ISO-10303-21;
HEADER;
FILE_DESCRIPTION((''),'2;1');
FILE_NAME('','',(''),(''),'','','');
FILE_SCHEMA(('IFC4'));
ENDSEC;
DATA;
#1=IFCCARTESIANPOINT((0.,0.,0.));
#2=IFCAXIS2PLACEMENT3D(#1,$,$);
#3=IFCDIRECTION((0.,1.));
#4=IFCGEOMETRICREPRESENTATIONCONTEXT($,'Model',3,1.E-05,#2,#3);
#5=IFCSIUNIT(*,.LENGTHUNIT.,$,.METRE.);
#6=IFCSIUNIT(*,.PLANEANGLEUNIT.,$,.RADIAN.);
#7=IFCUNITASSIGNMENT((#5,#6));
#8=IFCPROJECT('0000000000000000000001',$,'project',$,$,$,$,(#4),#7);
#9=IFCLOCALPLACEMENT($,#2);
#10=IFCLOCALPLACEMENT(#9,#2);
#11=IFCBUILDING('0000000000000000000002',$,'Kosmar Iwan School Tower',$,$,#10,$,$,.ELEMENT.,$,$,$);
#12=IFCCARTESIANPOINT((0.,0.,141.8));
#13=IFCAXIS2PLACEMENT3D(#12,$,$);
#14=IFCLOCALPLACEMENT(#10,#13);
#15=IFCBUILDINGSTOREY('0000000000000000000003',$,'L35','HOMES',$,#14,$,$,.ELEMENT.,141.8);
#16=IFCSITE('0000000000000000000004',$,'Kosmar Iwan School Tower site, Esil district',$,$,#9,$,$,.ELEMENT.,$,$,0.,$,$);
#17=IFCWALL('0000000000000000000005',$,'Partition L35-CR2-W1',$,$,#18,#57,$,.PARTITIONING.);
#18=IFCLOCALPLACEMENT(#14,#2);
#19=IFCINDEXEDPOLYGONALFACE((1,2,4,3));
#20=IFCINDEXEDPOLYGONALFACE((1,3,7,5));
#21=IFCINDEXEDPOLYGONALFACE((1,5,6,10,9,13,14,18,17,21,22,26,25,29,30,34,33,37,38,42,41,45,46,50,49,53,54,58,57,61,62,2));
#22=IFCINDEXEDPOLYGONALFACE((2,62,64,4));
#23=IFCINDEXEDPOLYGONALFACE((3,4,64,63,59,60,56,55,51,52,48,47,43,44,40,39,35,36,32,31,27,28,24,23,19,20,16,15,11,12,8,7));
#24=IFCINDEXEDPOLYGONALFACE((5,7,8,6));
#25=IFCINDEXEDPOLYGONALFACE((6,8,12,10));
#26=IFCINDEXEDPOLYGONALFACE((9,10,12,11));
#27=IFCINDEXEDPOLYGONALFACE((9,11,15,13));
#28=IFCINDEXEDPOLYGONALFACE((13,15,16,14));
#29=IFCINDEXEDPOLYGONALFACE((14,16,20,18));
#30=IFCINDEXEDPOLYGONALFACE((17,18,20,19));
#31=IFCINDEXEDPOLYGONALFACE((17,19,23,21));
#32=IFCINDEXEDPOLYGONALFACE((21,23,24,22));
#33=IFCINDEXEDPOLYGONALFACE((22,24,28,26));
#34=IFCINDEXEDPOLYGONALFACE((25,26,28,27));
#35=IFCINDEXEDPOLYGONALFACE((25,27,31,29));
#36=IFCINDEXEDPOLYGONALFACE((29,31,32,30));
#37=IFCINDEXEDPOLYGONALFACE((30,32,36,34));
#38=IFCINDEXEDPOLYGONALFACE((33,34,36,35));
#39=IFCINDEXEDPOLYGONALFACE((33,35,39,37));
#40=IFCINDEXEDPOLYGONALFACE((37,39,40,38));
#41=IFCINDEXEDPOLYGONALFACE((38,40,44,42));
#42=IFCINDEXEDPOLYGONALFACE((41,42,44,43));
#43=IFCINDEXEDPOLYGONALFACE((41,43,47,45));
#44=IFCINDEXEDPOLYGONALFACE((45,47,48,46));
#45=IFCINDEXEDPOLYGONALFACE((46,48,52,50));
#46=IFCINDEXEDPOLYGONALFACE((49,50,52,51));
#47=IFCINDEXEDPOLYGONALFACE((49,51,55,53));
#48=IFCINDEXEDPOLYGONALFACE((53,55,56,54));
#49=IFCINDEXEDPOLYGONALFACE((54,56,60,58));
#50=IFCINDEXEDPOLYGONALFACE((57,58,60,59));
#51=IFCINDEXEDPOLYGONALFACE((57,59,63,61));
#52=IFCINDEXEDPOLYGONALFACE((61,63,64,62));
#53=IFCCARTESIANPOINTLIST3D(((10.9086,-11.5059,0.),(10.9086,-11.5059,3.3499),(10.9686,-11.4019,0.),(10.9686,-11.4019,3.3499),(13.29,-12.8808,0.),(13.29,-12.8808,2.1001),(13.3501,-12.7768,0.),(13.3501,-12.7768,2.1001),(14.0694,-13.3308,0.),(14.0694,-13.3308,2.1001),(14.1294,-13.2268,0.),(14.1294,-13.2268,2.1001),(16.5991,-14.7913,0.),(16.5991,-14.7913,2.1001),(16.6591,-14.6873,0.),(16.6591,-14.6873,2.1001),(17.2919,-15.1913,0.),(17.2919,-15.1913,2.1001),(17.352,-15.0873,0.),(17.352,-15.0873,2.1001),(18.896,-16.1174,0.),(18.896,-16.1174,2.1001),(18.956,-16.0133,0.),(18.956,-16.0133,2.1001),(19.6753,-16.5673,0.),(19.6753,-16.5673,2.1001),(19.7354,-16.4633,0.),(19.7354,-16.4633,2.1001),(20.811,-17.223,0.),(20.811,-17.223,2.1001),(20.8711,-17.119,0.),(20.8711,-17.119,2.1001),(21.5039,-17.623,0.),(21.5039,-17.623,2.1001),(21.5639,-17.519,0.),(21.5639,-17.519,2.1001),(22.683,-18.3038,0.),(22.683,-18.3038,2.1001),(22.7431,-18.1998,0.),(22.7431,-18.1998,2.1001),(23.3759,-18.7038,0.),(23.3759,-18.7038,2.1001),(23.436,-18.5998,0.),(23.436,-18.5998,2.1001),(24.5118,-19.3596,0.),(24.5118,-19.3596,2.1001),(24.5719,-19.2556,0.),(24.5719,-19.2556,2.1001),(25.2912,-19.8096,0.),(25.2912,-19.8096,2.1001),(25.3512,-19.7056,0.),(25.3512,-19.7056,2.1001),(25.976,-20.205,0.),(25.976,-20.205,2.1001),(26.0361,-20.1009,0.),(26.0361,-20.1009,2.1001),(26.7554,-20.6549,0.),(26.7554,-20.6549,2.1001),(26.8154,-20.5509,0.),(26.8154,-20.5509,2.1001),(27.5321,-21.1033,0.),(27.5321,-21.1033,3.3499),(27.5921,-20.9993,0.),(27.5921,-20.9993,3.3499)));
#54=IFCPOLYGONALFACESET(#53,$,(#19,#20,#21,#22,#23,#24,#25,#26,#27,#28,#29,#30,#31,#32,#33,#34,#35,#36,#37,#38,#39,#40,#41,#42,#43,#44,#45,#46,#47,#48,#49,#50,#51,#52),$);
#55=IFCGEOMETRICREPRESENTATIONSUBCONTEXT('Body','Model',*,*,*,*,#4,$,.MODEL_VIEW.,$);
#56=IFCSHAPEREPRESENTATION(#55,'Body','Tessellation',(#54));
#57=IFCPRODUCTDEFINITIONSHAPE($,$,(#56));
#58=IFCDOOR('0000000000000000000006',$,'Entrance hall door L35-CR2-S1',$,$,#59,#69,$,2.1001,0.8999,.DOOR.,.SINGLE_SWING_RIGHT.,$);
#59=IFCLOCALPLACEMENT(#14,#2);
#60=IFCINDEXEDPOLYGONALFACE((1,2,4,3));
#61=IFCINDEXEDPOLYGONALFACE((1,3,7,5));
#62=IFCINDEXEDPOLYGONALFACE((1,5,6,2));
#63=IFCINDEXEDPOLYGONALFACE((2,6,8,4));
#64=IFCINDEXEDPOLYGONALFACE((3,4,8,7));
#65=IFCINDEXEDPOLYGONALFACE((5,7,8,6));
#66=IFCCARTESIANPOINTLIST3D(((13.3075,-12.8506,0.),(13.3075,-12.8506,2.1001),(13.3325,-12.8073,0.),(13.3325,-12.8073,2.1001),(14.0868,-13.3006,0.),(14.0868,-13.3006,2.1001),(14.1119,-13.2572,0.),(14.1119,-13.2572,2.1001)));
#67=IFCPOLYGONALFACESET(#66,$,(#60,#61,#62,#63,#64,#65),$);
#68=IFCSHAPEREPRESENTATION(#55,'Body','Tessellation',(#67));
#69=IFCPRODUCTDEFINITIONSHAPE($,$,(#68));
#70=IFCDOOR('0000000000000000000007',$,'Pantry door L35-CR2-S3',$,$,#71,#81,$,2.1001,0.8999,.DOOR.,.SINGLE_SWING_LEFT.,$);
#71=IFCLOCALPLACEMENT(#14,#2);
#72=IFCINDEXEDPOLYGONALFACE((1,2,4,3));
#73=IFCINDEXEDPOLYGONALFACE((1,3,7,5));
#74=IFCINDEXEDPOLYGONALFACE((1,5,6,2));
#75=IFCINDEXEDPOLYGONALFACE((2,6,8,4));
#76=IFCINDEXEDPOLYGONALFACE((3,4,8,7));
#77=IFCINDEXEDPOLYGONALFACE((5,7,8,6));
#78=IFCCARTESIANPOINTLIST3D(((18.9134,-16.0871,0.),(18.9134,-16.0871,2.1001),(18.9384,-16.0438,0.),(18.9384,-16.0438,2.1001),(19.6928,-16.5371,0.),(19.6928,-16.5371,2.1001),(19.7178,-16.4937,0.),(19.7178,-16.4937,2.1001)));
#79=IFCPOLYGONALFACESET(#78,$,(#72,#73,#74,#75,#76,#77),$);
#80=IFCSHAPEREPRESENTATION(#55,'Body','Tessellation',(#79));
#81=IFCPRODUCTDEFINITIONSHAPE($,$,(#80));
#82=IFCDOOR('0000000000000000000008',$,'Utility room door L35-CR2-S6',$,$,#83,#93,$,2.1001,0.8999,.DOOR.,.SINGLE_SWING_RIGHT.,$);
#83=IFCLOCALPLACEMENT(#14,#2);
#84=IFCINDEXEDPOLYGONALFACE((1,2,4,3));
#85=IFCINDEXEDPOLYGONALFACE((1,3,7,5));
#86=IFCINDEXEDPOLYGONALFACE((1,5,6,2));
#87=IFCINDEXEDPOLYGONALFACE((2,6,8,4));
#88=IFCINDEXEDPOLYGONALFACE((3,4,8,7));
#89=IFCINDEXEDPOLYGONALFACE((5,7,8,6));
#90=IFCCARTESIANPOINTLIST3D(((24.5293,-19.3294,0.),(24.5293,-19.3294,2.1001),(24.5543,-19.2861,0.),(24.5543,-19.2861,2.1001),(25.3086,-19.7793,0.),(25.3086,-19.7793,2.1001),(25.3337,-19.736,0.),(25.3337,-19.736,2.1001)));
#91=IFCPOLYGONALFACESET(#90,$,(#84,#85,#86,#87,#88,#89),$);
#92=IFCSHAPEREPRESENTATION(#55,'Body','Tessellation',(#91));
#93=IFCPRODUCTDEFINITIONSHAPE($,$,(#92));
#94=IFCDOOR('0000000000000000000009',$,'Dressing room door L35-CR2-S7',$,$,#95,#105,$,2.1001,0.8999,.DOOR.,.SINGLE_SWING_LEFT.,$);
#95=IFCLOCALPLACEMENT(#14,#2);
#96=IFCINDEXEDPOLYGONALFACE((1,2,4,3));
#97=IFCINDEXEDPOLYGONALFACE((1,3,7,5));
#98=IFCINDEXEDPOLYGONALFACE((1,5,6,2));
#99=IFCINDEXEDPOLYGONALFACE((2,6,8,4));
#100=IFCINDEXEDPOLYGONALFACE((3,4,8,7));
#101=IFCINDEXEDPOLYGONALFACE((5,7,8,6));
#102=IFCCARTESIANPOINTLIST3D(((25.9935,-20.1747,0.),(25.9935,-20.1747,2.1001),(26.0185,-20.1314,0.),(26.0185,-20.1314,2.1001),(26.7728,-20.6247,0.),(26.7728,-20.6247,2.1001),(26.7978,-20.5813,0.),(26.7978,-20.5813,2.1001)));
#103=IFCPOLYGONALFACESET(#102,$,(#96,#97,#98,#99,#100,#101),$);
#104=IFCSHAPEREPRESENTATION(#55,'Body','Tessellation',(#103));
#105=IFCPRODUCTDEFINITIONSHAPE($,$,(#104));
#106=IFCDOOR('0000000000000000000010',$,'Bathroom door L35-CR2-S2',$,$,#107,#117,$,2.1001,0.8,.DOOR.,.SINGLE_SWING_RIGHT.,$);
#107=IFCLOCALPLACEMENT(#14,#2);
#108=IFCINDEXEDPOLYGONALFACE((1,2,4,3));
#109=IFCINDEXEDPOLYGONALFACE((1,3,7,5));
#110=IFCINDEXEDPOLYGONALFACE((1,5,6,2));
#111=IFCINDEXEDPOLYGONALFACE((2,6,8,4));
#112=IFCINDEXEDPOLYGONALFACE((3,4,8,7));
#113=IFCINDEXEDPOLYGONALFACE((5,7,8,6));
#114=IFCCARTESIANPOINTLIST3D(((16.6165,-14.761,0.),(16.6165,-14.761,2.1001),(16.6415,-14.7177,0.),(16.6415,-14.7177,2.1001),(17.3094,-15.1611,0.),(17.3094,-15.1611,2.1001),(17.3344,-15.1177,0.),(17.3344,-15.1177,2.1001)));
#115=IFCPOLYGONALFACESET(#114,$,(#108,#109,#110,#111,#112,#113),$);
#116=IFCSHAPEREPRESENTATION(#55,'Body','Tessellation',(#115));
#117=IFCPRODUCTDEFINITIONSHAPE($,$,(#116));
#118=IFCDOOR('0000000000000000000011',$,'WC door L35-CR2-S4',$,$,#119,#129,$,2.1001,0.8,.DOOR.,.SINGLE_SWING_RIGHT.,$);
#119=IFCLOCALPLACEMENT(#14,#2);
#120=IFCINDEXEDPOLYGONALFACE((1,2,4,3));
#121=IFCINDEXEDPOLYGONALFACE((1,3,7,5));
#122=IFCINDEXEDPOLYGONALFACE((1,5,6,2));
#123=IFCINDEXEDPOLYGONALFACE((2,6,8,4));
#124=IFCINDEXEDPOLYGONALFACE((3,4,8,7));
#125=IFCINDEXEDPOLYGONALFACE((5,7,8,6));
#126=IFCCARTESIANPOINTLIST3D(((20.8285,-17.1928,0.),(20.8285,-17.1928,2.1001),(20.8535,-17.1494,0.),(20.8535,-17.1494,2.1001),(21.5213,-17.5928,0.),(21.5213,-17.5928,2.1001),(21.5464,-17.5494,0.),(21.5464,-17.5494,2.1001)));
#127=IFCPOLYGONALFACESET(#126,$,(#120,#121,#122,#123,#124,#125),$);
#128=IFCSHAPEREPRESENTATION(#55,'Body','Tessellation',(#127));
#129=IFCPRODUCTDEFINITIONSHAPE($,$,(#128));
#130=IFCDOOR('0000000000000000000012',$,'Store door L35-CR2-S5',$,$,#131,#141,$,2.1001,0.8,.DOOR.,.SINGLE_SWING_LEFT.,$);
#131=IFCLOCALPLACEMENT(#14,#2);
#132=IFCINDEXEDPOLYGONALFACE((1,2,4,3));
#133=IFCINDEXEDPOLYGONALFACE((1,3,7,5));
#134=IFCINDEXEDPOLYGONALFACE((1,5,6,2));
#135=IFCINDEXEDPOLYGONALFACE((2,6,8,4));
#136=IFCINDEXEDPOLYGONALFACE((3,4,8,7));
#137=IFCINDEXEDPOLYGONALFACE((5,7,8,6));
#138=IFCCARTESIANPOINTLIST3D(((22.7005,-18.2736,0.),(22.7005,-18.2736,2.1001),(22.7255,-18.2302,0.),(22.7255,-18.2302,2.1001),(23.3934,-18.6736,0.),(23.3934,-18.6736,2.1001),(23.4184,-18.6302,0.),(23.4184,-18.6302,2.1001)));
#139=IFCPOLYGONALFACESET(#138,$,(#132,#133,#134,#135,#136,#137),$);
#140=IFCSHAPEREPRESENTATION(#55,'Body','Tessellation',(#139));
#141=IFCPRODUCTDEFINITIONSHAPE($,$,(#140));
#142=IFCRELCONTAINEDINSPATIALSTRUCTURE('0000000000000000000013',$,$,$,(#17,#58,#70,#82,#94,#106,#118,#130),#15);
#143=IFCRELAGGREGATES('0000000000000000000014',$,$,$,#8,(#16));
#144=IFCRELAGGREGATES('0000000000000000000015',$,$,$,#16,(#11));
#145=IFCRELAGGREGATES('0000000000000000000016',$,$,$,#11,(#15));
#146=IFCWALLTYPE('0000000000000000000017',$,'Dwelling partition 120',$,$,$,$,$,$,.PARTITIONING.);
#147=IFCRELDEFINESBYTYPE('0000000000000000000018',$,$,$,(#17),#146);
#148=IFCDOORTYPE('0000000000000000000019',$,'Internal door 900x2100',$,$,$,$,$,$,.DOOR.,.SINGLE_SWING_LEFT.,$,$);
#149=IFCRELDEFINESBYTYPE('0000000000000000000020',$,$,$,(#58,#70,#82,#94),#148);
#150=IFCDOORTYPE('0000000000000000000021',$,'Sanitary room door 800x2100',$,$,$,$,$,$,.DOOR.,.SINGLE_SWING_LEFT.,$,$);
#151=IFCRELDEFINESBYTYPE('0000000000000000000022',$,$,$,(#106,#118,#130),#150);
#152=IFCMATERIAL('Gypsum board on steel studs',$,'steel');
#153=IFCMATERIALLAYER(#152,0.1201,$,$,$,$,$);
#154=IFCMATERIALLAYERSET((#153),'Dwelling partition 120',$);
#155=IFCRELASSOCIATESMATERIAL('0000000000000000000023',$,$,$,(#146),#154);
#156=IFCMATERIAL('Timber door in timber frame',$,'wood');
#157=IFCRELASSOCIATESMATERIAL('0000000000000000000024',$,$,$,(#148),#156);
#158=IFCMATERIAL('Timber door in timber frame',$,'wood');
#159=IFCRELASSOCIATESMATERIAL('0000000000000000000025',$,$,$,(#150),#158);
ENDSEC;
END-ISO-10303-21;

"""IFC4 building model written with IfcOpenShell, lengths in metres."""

from ifc_helpers import new_model, si_unit, direction, frame, frame_2d, origin, place, context, subcontext, project, spatial, rectangle, extrude, material, layer, layer_set, type_object, element, fill, save


model = new_model("IFC4")

# Units and contexts
model_context = context("Model", 3, precision=1e-05, world=origin(), true_north=direction((0.0, 1.0)))
body_context = subcontext(model_context, "Body", "Model", "MODEL_VIEW")
ifc_project = project(units=[si_unit("LENGTHUNIT", "METRE"), si_unit("PLANEANGLEUNIT", "RADIAN")], contexts=[model_context])

# Site, building, storey
site_placement = place(None, origin())
site = spatial("IfcSite", under=ifc_project, at=site_placement, Name="Kosmar Iwan School Tower site, Esil district", CompositionType="ELEMENT", RefElevation=0.0)
building_placement = place(site_placement, origin())
building = spatial("IfcBuilding", under=site, at=building_placement, Name="Kosmar Iwan School Tower", CompositionType="ELEMENT")
storey_placement = place(building_placement, frame((0.0, 0.0, 141.8)))
storey = spatial("IfcBuildingStorey", under=building, at=storey_placement, Name="L35", Description="HOMES", CompositionType="ELEMENT", Elevation=141.8)

# Shared definitions
ifc_material_1 = material(Name="Gypsum board on steel studs", Category="steel")
ifc_layer_1 = layer(ifc_material_1, 0.1201)
ifc_layer_set_1 = layer_set([ifc_layer_1], Name="Dwelling partition 120")
wall_type_1 = type_object("IfcWallType", Name="Dwelling partition 120", PredefinedType="PARTITIONING", material=ifc_layer_set_1)

# Wall, openings, doors
wall_1_placement = place(storey_placement, frame((10.9385, -11.4539, 0.0), z_axis=(0.0, 0.0, 1.0), x_axis=(0.86603, -0.499993, 0.0)))
wall_1 = element("IfcWall", 1, at=wall_1_placement, inside=storey, type_object=wall_type_1, Name="Partition L35-CR2-W1", PredefinedType="PARTITIONING", context=body_context, shape_type="SweptSolid", body=[
    extrude(rectangle(XDim=19.1951, YDim=0.1201, at=frame_2d((9.5977, 0.0))), origin(), (0.0, 0.0, 1.0), 3.3499),
])
opening_1_placement = place(wall_1_placement, frame((2.75, 0.0, 0.0)))
opening_1 = element("IfcOpeningElement", 2, at=opening_1_placement, cuts=wall_1, PredefinedType="OPENING", context=body_context, shape_type="SweptSolid", body=[
    extrude(rectangle(XDim=0.8999, YDim=2.1001, at=frame_2d((0.45, 1.05))), frame((0.0, 0.072, 0.0), z_axis=(0.0, -1.0, 0.0), x_axis=(1.0, 0.0, 0.0)), (0.0, 0.0, 1.0), 0.144),
])
opening_2_placement = place(wall_1_placement, frame((6.571, 0.0, 0.0)))
opening_2 = element("IfcOpeningElement", 3, at=opening_2_placement, cuts=wall_1, PredefinedType="OPENING", context=body_context, shape_type="SweptSolid", body=[
    extrude(rectangle(XDim=0.8, YDim=2.1001, at=frame_2d((0.3999, 1.05))), frame((0.0, 0.072, 0.0), z_axis=(0.0, -1.0, 0.0), x_axis=(1.0, 0.0, 0.0)), (0.0, 0.0, 1.0), 0.144),
])
opening_3_placement = place(wall_1_placement, frame((9.2231, 0.0, 0.0)))
opening_3 = element("IfcOpeningElement", 4, at=opening_3_placement, cuts=wall_1, PredefinedType="OPENING", context=body_context, shape_type="SweptSolid", body=[
    extrude(rectangle(XDim=0.8999, YDim=2.1001, at=frame_2d((0.45, 1.05))), frame((0.0, 0.072, 0.0), z_axis=(0.0, -1.0, 0.0), x_axis=(1.0, 0.0, 0.0)), (0.0, 0.0, 1.0), 0.144),
])
opening_4_placement = place(wall_1_placement, frame((11.4346, 0.0, 0.0)))
opening_4 = element("IfcOpeningElement", 5, at=opening_4_placement, cuts=wall_1, PredefinedType="OPENING", context=body_context, shape_type="SweptSolid", body=[
    extrude(rectangle(XDim=0.8, YDim=2.1001, at=frame_2d((0.3999, 1.05))), frame((0.0, 0.072, 0.0), z_axis=(0.0, -1.0, 0.0), x_axis=(1.0, 0.0, 0.0)), (0.0, 0.0, 1.0), 0.144),
])
opening_5_placement = place(wall_1_placement, frame((13.5962, 0.0, 0.0)))
opening_5 = element("IfcOpeningElement", 6, at=opening_5_placement, cuts=wall_1, PredefinedType="OPENING", context=body_context, shape_type="SweptSolid", body=[
    extrude(rectangle(XDim=0.8, YDim=2.1001, at=frame_2d((0.3999, 1.05))), frame((0.0, 0.072, 0.0), z_axis=(0.0, -1.0, 0.0), x_axis=(1.0, 0.0, 0.0)), (0.0, 0.0, 1.0), 0.144),
])
opening_6_placement = place(wall_1_placement, frame((15.7078, 0.0, 0.0)))
opening_6 = element("IfcOpeningElement", 7, at=opening_6_placement, cuts=wall_1, PredefinedType="OPENING", context=body_context, shape_type="SweptSolid", body=[
    extrude(rectangle(XDim=0.8999, YDim=2.1001, at=frame_2d((0.45, 1.05))), frame((0.0, 0.072, 0.0), z_axis=(0.0, -1.0, 0.0), x_axis=(1.0, 0.0, 0.0)), (0.0, 0.0, 1.0), 0.144),
])
opening_7_placement = place(wall_1_placement, frame((17.3984, 0.0, 0.0)))
opening_7 = element("IfcOpeningElement", 8, at=opening_7_placement, cuts=wall_1, PredefinedType="OPENING", context=body_context, shape_type="SweptSolid", body=[
    extrude(rectangle(XDim=0.8999, YDim=2.1001, at=frame_2d((0.45, 1.05))), frame((0.0, 0.072, 0.0), z_axis=(0.0, -1.0, 0.0), x_axis=(1.0, 0.0, 0.0)), (0.0, 0.0, 1.0), 0.144),
])
ifc_material_2 = material(Name="Timber door in timber frame", Category="wood")
door_type_1 = type_object("IfcDoorType", Name="Internal door 900x2100", OperationType="SINGLE_SWING_LEFT", PredefinedType="DOOR", material=ifc_material_2)
door_1_placement = place(opening_1_placement, origin())
door_1 = element("IfcDoor", 9, at=door_1_placement, inside=storey, type_object=door_type_1, Name="Entrance hall door L35-CR2-S1", OperationType="SINGLE_SWING_RIGHT", OverallHeight=2.1001, OverallWidth=0.8999, PredefinedType="DOOR", context=body_context, shape_type="SweptSolid", body=[
    extrude(rectangle(XDim=0.8999, YDim=2.1001, at=frame_2d((0.45, 1.05))), frame((0.0, 0.0249, 0.0), z_axis=(0.0, -1.0, 0.0), x_axis=(1.0, 0.0, 0.0)), (0.0, 0.0, 1.0), 0.05),
])
fill(opening_1, door_1)
door_2_placement = place(opening_3_placement, origin())
door_2 = element("IfcDoor", 10, at=door_2_placement, inside=storey, type_object=door_type_1, Name="Pantry door L35-CR2-S3", OperationType="SINGLE_SWING_LEFT", OverallHeight=2.1001, OverallWidth=0.8999, PredefinedType="DOOR", context=body_context, shape_type="SweptSolid", body=[
    extrude(rectangle(XDim=0.8999, YDim=2.1001, at=frame_2d((0.45, 1.05))), frame((0.0, 0.0249, 0.0), z_axis=(0.0, -1.0, 0.0), x_axis=(1.0, 0.0, 0.0)), (0.0, 0.0, 1.0), 0.05),
])
fill(opening_3, door_2)
door_3_placement = place(opening_6_placement, origin())
door_3 = element("IfcDoor", 11, at=door_3_placement, inside=storey, type_object=door_type_1, Name="Utility room door L35-CR2-S6", OperationType="SINGLE_SWING_RIGHT", OverallHeight=2.1001, OverallWidth=0.8999, PredefinedType="DOOR", context=body_context, shape_type="SweptSolid", body=[
    extrude(rectangle(XDim=0.8999, YDim=2.1001, at=frame_2d((0.45, 1.05))), frame((0.0, 0.0249, 0.0), z_axis=(0.0, -1.0, 0.0), x_axis=(1.0, 0.0, 0.0)), (0.0, 0.0, 1.0), 0.05),
])
fill(opening_6, door_3)
door_4_placement = place(opening_7_placement, origin())
door_4 = element("IfcDoor", 12, at=door_4_placement, inside=storey, type_object=door_type_1, Name="Dressing room door L35-CR2-S7", OperationType="SINGLE_SWING_LEFT", OverallHeight=2.1001, OverallWidth=0.8999, PredefinedType="DOOR", context=body_context, shape_type="SweptSolid", body=[
    extrude(rectangle(XDim=0.8999, YDim=2.1001, at=frame_2d((0.45, 1.05))), frame((0.0, 0.0249, 0.0), z_axis=(0.0, -1.0, 0.0), x_axis=(1.0, 0.0, 0.0)), (0.0, 0.0, 1.0), 0.05),
])
fill(opening_7, door_4)
ifc_material_3 = material(Name="Timber door in timber frame", Category="wood")
door_type_2 = type_object("IfcDoorType", Name="Sanitary room door 800x2100", OperationType="SINGLE_SWING_LEFT", PredefinedType="DOOR", material=ifc_material_3)
door_5_placement = place(opening_2_placement, origin())
door_5 = element("IfcDoor", 13, at=door_5_placement, inside=storey, type_object=door_type_2, Name="Bathroom door L35-CR2-S2", OperationType="SINGLE_SWING_RIGHT", OverallHeight=2.1001, OverallWidth=0.8, PredefinedType="DOOR", context=body_context, shape_type="SweptSolid", body=[
    extrude(rectangle(XDim=0.8, YDim=2.1001, at=frame_2d((0.3999, 1.05))), frame((0.0, 0.0249, 0.0), z_axis=(0.0, -1.0, 0.0), x_axis=(1.0, 0.0, 0.0)), (0.0, 0.0, 1.0), 0.05),
])
fill(opening_2, door_5)
door_6_placement = place(opening_4_placement, origin())
door_6 = element("IfcDoor", 14, at=door_6_placement, inside=storey, type_object=door_type_2, Name="WC door L35-CR2-S4", OperationType="SINGLE_SWING_RIGHT", OverallHeight=2.1001, OverallWidth=0.8, PredefinedType="DOOR", context=body_context, shape_type="SweptSolid", body=[
    extrude(rectangle(XDim=0.8, YDim=2.1001, at=frame_2d((0.3999, 1.05))), frame((0.0, 0.0249, 0.0), z_axis=(0.0, -1.0, 0.0), x_axis=(1.0, 0.0, 0.0)), (0.0, 0.0, 1.0), 0.05),
])
fill(opening_4, door_6)
door_7_placement = place(opening_5_placement, origin())
door_7 = element("IfcDoor", 15, at=door_7_placement, inside=storey, type_object=door_type_2, Name="Store door L35-CR2-S5", OperationType="SINGLE_SWING_LEFT", OverallHeight=2.1001, OverallWidth=0.8, PredefinedType="DOOR", context=body_context, shape_type="SweptSolid", body=[
    extrude(rectangle(XDim=0.8, YDim=2.1001, at=frame_2d((0.3999, 1.05))), frame((0.0, 0.0249, 0.0), z_axis=(0.0, -1.0, 0.0), x_axis=(1.0, 0.0, 0.0)), (0.0, 0.0, 1.0), 0.05),
])
fill(opening_5, door_7)

save(model, "model.ifc")
